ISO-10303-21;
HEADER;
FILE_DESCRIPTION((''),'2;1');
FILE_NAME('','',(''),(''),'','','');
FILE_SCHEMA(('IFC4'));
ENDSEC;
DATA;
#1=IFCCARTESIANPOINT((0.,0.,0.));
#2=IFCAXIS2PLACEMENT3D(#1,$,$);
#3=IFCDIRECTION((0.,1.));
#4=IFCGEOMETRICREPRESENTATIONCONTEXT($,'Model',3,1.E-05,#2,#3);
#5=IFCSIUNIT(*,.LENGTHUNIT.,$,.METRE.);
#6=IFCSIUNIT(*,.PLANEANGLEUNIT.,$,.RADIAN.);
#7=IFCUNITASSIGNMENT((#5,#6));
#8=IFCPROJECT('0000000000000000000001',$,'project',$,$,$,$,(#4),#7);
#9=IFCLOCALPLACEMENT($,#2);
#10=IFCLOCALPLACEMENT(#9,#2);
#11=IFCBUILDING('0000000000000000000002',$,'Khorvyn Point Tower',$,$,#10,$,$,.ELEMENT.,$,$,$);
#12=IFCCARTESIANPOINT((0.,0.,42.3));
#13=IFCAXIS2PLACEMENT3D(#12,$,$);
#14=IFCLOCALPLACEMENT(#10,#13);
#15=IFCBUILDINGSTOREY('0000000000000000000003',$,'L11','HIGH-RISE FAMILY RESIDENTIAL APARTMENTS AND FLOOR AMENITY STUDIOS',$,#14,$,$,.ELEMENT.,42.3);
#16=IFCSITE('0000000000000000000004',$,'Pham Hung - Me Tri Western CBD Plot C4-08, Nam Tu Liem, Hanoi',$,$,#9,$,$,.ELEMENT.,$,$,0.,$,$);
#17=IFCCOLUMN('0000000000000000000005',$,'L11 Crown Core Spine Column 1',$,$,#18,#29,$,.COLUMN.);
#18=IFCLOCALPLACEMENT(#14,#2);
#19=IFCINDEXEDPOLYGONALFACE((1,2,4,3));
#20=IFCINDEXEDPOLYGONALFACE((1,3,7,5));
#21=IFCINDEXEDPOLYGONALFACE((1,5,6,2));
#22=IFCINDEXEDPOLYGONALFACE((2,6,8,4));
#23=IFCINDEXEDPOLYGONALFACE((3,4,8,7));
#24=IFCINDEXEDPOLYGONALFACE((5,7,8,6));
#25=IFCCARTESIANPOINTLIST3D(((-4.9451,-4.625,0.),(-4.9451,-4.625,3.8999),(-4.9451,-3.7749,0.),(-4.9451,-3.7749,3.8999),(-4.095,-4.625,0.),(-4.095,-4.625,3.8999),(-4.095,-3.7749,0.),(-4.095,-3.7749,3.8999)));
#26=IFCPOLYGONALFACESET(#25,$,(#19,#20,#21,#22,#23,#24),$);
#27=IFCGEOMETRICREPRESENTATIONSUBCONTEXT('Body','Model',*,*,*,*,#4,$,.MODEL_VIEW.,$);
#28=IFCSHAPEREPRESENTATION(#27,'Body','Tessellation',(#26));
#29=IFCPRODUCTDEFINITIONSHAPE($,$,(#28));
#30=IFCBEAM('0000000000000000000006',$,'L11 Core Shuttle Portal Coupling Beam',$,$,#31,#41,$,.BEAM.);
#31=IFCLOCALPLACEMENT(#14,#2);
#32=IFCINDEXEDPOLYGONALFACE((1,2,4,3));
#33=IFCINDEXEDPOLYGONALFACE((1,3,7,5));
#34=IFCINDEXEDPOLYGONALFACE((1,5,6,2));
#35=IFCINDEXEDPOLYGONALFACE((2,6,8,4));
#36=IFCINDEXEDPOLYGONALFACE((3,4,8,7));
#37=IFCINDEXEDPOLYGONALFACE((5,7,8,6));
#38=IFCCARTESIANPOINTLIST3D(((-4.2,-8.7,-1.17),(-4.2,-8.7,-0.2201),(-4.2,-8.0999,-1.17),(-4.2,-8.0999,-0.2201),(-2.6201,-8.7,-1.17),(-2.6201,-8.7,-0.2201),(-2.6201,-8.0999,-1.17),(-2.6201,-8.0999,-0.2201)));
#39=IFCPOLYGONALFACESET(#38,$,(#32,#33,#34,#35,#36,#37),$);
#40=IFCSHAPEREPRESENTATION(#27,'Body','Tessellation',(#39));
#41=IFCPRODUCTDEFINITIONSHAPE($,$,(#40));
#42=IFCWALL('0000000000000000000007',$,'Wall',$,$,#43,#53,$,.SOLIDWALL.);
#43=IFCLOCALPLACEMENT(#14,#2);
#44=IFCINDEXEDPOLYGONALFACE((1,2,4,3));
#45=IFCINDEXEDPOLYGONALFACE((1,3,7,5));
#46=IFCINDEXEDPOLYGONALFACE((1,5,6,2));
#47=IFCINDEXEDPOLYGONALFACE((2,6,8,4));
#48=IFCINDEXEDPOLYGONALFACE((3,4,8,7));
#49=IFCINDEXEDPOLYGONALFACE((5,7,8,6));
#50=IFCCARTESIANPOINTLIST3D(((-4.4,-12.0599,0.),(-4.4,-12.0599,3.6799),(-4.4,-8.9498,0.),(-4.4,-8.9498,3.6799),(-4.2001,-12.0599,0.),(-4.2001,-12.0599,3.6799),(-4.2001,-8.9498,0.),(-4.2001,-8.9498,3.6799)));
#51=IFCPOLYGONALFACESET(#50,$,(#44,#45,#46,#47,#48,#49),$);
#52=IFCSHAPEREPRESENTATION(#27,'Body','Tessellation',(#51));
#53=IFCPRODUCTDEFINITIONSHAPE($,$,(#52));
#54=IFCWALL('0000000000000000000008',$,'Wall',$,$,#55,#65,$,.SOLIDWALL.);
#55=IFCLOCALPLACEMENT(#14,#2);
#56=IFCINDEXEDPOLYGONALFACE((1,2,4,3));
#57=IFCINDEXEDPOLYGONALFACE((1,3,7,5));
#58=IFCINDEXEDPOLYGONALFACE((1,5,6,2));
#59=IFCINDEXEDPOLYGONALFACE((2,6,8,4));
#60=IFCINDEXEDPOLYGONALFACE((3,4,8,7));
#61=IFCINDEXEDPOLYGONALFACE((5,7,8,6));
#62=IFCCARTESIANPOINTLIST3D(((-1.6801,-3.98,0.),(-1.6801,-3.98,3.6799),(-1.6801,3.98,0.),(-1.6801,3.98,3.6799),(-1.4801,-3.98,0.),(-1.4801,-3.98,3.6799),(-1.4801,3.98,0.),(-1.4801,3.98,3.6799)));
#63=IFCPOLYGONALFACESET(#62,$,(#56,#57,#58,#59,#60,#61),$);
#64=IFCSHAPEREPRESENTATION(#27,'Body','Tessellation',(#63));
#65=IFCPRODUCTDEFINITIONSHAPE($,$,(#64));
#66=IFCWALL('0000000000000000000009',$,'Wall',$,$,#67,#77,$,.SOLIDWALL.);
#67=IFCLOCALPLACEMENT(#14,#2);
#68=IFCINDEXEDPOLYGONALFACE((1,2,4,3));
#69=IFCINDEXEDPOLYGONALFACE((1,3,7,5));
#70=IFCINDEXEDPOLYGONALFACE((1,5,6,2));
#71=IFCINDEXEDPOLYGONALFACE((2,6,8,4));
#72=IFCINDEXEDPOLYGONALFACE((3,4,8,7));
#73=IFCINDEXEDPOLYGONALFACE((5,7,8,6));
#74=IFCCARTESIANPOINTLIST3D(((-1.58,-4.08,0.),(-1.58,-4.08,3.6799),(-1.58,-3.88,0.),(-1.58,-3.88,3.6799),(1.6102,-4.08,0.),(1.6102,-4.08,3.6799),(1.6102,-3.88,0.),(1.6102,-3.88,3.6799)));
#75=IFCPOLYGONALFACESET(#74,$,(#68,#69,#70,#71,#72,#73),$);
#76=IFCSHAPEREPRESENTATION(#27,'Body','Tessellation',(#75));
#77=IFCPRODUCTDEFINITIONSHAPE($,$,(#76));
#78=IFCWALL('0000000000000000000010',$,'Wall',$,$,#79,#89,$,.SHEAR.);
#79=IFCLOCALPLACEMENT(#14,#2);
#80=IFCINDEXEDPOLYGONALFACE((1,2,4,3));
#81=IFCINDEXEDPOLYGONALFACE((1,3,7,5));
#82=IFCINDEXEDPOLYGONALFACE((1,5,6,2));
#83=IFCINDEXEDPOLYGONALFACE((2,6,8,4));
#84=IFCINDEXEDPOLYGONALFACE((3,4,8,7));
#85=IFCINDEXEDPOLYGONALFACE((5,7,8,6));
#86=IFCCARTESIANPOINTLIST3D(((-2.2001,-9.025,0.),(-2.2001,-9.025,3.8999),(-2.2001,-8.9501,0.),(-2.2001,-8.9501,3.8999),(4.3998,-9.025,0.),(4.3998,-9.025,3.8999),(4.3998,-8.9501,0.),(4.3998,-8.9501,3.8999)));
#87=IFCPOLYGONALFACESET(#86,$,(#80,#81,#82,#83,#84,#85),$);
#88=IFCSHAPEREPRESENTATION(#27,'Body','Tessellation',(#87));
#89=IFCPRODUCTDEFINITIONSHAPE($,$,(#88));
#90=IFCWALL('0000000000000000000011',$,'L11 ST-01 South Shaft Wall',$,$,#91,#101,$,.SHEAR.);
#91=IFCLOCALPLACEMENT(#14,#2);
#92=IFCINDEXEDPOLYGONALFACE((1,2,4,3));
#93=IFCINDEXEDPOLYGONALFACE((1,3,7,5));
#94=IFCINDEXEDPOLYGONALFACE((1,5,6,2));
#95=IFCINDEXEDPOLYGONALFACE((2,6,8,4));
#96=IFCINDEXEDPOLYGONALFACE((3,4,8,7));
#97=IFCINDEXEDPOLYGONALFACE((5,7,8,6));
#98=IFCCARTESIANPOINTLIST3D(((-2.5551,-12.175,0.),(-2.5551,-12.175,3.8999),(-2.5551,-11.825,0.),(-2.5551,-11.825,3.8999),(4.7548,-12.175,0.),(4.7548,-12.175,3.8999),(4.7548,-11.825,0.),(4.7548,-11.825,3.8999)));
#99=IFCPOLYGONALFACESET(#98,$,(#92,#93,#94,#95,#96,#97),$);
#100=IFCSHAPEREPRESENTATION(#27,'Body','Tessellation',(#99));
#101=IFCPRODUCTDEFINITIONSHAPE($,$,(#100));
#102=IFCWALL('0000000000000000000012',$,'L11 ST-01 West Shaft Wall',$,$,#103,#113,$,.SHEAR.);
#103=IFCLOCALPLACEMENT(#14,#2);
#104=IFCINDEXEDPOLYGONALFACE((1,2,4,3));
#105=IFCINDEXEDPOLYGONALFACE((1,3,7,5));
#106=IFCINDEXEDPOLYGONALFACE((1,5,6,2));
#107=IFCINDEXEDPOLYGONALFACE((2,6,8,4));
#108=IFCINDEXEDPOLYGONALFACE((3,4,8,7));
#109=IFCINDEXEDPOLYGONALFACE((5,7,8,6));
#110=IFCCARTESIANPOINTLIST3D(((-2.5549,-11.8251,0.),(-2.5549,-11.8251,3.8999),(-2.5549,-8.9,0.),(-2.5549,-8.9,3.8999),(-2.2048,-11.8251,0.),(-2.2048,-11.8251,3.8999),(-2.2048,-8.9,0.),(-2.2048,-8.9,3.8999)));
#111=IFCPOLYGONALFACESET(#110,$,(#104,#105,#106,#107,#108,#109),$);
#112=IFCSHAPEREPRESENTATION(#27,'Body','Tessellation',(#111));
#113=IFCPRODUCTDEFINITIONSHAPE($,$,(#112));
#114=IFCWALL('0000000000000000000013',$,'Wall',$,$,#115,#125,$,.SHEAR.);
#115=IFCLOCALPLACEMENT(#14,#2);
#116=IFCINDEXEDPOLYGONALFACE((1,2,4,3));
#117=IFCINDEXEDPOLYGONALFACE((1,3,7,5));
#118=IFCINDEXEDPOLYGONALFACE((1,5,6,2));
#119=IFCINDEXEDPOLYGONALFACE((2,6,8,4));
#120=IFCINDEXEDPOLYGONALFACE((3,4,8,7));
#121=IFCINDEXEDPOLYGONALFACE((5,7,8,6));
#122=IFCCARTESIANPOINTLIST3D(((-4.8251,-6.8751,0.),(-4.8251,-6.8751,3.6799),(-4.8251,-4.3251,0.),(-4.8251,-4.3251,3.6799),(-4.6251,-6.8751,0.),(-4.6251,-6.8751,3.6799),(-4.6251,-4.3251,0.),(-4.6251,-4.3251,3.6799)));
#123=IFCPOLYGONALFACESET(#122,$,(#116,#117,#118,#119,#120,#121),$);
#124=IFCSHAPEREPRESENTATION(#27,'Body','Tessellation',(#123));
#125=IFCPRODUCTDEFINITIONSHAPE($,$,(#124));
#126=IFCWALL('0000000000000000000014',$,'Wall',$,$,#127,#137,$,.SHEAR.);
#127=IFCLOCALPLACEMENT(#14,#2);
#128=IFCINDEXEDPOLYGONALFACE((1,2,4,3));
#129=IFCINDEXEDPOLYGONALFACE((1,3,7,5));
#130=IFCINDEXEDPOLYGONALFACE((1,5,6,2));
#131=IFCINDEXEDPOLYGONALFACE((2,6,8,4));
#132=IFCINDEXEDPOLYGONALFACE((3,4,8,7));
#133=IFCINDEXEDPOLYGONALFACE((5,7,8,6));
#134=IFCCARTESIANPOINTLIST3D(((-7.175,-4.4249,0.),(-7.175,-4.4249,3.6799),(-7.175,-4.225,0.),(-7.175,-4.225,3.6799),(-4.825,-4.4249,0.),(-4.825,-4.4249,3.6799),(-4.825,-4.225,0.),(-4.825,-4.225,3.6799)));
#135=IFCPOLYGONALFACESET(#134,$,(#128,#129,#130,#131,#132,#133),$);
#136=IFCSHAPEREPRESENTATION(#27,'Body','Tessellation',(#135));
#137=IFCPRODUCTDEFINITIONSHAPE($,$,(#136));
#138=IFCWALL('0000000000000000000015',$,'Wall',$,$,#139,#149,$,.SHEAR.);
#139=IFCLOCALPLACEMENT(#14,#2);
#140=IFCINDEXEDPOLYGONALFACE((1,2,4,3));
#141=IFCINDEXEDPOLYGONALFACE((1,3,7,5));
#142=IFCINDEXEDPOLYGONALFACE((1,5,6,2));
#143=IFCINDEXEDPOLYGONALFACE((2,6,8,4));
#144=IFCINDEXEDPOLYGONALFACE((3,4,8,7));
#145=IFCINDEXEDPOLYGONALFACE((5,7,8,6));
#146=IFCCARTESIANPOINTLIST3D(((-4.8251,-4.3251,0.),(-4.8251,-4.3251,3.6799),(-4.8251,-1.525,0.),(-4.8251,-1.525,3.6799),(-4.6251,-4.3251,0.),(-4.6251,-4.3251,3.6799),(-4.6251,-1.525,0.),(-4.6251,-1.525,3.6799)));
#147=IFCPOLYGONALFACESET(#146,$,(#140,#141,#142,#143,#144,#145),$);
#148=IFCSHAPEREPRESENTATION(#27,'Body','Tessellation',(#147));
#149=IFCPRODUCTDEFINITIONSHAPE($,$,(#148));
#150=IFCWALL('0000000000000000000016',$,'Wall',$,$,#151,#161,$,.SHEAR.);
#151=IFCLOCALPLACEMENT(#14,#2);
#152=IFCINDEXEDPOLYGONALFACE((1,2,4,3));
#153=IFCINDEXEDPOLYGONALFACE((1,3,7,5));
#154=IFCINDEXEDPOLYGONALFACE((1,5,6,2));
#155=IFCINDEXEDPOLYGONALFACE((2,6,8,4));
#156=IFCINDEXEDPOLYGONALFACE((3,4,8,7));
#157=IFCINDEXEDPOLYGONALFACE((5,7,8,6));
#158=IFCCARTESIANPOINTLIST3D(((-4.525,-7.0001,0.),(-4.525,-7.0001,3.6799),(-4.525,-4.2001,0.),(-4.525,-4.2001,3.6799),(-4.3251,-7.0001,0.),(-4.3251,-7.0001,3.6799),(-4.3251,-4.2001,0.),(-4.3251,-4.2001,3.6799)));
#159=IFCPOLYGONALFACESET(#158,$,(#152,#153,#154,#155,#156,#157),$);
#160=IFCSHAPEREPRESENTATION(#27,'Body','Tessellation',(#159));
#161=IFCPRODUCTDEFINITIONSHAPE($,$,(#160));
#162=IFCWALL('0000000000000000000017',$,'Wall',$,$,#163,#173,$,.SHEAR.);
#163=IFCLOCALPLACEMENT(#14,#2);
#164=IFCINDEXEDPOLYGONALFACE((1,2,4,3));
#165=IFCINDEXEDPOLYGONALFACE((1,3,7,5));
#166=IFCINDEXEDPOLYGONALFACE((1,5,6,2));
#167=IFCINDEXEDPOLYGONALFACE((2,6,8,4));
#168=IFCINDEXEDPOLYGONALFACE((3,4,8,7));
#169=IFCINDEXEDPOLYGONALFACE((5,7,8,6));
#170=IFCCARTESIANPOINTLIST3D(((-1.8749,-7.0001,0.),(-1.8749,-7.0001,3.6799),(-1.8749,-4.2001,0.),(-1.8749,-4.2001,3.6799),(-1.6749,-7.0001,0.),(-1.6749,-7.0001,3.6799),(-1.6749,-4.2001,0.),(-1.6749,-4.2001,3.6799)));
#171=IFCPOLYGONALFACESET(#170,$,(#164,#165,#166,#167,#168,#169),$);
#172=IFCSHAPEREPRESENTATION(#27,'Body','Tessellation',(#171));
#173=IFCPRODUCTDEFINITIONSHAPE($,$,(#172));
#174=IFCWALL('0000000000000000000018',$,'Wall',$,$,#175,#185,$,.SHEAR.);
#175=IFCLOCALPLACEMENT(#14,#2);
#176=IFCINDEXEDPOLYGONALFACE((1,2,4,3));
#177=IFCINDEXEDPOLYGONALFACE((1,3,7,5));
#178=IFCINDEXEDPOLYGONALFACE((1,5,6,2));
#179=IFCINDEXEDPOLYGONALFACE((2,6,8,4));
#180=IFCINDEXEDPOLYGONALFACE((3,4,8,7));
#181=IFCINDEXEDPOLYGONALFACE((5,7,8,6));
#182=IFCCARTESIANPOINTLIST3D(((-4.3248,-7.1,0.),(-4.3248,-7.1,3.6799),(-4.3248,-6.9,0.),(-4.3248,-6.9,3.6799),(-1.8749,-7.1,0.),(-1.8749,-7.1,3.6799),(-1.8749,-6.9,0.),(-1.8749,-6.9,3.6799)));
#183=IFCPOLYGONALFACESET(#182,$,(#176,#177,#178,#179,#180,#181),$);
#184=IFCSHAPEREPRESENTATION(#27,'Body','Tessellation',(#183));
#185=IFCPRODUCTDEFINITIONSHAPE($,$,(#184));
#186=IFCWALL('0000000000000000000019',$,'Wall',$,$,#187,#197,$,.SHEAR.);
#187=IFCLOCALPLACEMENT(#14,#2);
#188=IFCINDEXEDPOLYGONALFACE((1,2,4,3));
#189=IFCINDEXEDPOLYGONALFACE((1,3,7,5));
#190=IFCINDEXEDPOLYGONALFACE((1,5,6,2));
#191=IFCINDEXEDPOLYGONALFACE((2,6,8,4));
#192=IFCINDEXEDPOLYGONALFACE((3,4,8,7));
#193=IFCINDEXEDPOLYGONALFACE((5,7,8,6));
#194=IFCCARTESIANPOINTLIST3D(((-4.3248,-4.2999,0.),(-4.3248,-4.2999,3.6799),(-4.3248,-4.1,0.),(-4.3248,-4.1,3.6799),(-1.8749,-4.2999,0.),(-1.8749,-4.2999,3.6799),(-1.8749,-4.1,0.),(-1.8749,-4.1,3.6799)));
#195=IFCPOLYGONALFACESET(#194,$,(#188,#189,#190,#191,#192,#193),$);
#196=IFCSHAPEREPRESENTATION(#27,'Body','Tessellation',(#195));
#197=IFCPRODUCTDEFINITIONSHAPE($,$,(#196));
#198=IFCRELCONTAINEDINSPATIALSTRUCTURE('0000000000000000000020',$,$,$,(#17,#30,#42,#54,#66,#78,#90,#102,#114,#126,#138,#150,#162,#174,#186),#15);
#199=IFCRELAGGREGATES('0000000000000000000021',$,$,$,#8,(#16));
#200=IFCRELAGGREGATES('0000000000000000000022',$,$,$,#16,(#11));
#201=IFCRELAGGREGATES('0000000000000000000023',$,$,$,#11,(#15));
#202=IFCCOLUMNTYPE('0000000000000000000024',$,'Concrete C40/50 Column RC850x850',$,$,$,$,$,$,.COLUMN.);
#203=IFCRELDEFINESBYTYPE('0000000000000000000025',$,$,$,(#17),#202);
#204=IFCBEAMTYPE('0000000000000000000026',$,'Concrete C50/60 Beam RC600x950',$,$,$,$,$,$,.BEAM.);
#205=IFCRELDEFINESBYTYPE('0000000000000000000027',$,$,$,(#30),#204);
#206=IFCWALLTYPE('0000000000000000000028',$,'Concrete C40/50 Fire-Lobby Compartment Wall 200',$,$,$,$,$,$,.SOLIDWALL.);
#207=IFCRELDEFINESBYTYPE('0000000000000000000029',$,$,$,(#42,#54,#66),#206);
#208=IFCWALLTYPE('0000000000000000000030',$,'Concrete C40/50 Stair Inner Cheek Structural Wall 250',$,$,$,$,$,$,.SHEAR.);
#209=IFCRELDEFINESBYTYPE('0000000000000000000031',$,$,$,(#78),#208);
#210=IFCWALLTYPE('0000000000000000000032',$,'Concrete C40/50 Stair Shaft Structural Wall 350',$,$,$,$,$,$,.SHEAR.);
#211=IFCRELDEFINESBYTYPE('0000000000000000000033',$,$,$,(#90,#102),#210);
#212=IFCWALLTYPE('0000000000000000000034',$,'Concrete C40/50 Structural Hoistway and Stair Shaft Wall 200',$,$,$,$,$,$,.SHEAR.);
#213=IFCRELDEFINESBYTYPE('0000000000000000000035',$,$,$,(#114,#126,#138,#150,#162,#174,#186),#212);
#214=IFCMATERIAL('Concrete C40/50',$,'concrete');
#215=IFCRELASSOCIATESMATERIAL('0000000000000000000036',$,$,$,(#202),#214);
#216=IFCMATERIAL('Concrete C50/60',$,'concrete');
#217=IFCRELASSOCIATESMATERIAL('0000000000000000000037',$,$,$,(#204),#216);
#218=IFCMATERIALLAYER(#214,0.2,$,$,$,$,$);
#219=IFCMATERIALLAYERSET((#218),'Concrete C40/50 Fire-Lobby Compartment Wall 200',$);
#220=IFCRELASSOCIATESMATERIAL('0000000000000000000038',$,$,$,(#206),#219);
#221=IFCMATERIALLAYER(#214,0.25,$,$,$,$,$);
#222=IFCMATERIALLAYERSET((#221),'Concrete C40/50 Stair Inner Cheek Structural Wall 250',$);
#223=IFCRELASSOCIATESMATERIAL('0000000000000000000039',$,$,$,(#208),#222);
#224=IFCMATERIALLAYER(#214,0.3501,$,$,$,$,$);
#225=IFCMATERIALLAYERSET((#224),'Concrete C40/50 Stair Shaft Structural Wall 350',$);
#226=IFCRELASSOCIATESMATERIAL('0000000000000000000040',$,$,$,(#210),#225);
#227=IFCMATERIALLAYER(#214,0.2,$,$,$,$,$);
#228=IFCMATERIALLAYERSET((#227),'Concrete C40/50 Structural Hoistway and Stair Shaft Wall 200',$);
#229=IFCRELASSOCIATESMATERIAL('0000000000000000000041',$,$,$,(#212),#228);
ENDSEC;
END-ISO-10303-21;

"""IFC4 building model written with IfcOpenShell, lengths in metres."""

from ifc_helpers import new_model, si_unit, direction, frame, frame_2d, origin, origin_2d, place, context, subcontext, project, spatial, rectangle, extrude, material, layer, layer_set, material_profile, profile_set, type_object, element, save


model = new_model("IFC4")

# Units and contexts
model_context = context("Model", 3, precision=1e-05, world=origin(), true_north=direction((0.0, 1.0)))
body_context = subcontext(model_context, "Body", "Model", "MODEL_VIEW")
ifc_project = project(units=[si_unit("LENGTHUNIT", "METRE"), si_unit("PLANEANGLEUNIT", "RADIAN")], contexts=[model_context])

# Site, building, storey
site_placement = place(None, origin())
site = spatial("IfcSite", under=ifc_project, at=site_placement, Name="Pham Hung - Me Tri Western CBD Plot C4-08, Nam Tu Liem, Hanoi", CompositionType="ELEMENT", RefElevation=0.0)
building_placement = place(site_placement, origin())
building = spatial("IfcBuilding", under=site, at=building_placement, Name="Khorvyn Point Tower", CompositionType="ELEMENT")
storey_placement = place(building_placement, frame((0.0, 0.0, 42.3)))
storey = spatial("IfcBuildingStorey", under=building, at=storey_placement, Name="L11", Description="HIGH-RISE FAMILY RESIDENTIAL APARTMENTS AND FLOOR AMENITY STUDIOS", CompositionType="ELEMENT", Elevation=42.3)

# Column
ifc_material_1 = material(Name="Concrete C40/50", Category="concrete")
ifc_material_profile_1 = material_profile(ifc_material_1, rectangle(XDim=0.8501, YDim=0.8501, at=origin_2d()))
ifc_profile_set_1 = profile_set([ifc_material_profile_1], Name="Concrete C40/50 RC850x850")
column_type = type_object("IfcColumnType", Name="Concrete C40/50 Column RC850x850", PredefinedType="COLUMN", material=ifc_profile_set_1)
column_placement = place(storey_placement, frame((-4.52, -4.2, 0.0), z_axis=(0.0, 0.0, 1.0), x_axis=(1.0, 0.0, 0.0)))
element("IfcColumn", 1, at=column_placement, inside=storey, type_object=column_type, Name="L11 Crown Core Spine Column 1", PredefinedType="COLUMN", context=body_context, shape_type="SweptSolid", body=[
    extrude(rectangle(XDim=0.8501, YDim=0.8501, at=origin_2d()), origin(), (0.0, 0.0, 1.0), 3.8999),
])

# Beam
ifc_material_2 = material(Name="Concrete C50/60", Category="concrete")
ifc_material_profile_2 = material_profile(ifc_material_2, rectangle(XDim=0.6001, YDim=0.95, at=origin_2d()))
ifc_profile_set_2 = profile_set([ifc_material_profile_2], Name="Concrete C50/60 RC600x950")
beam_type = type_object("IfcBeamType", Name="Concrete C50/60 Beam RC600x950", PredefinedType="BEAM", material=ifc_profile_set_2)
beam_placement = place(storey_placement, frame((-4.2, -8.3999, -0.6951), z_axis=(1.0, 0.0, 0.0), x_axis=(0.0, 1.0, 0.0)))
element("IfcBeam", 2, at=beam_placement, inside=storey, type_object=beam_type, Name="L11 Core Shuttle Portal Coupling Beam", PredefinedType="BEAM", context=body_context, shape_type="SweptSolid", body=[
    extrude(rectangle(XDim=0.6001, YDim=0.95, at=origin_2d()), origin(), (0.0, 0.0, 1.0), 1.5798),
])

# Shared definitions
ifc_layer_1 = layer(ifc_material_1, 0.2)
ifc_layer_set_1 = layer_set([ifc_layer_1], Name="Concrete C40/50 Fire-Lobby Compartment Wall 200")
wall_type_1 = type_object("IfcWallType", Name="Concrete C40/50 Fire-Lobby Compartment Wall 200", PredefinedType="SOLIDWALL", material=ifc_layer_set_1)

# Walls
wall_1_placement = place(storey_placement, frame((-4.3, -12.0601, 0.0), z_axis=(0.0, 0.0, 1.0), x_axis=(0.0, 1.0, 0.0)))
element("IfcWall", 3, at=wall_1_placement, inside=storey, type_object=wall_type_1, Name="Wall", PredefinedType="SOLIDWALL", context=body_context, shape_type="SweptSolid", body=[
    extrude(rectangle(XDim=3.1101, YDim=0.2, at=frame_2d((1.5552, 0.0))), origin(), (0.0, 0.0, 1.0), 3.6799),
])
wall_2_placement = place(storey_placement, frame((-1.5801, -3.98, 0.0), z_axis=(0.0, 0.0, 1.0), x_axis=(0.0, 1.0, 0.0)))
element("IfcWall", 4, at=wall_2_placement, inside=storey, type_object=wall_type_1, Name="Wall", PredefinedType="SOLIDWALL", context=body_context, shape_type="SweptSolid", body=[
    extrude(rectangle(XDim=7.96, YDim=0.2, at=frame_2d((3.98, 0.0))), origin(), (0.0, 0.0, 1.0), 3.6799),
])
wall_3_placement = place(storey_placement, frame((-1.5801, -3.98, 0.0), z_axis=(0.0, 0.0, 1.0), x_axis=(1.0, 0.0, 0.0)))
element("IfcWall", 5, at=wall_3_placement, inside=storey, type_object=wall_type_1, Name="Wall", PredefinedType="SOLIDWALL", context=body_context, shape_type="SweptSolid", body=[
    extrude(rectangle(XDim=3.1902, YDim=0.2, at=frame_2d((1.5952, 0.0))), origin(), (0.0, 0.0, 1.0), 3.6799),
])
ifc_layer_2 = layer(ifc_material_1, 0.25)
ifc_layer_set_2 = layer_set([ifc_layer_2], Name="Concrete C40/50 Stair Inner Cheek Structural Wall 250")
wall_type_2 = type_object("IfcWallType", Name="Concrete C40/50 Stair Inner Cheek Structural Wall 250", PredefinedType="SHEAR", material=ifc_layer_set_2)
wall_4_placement = place(storey_placement, frame((-2.2, -8.9875, 0.0), z_axis=(0.0, 0.0, 1.0), x_axis=(1.0, 0.0, 0.0)))
element("IfcWall", 6, at=wall_4_placement, inside=storey, type_object=wall_type_2, Name="Wall", PredefinedType="SHEAR", context=body_context, shape_type="SweptSolid", body=[
    extrude(rectangle(XDim=6.5999, YDim=0.075, at=frame_2d((3.2998, 0.0))), origin(), (0.0, 0.0, 1.0), 3.8999),
])
ifc_layer_3 = layer(ifc_material_1, 0.3501)
ifc_layer_set_3 = layer_set([ifc_layer_3], Name="Concrete C40/50 Stair Shaft Structural Wall 350")
wall_type_3 = type_object("IfcWallType", Name="Concrete C40/50 Stair Shaft Structural Wall 350", PredefinedType="SHEAR", material=ifc_layer_set_3)
wall_5_placement = place(storey_placement, frame((-2.5549, -12.0, 0.0), z_axis=(0.0, 0.0, 1.0), x_axis=(1.0, 0.0, 0.0)))
element("IfcWall", 7, at=wall_5_placement, inside=storey, type_object=wall_type_3, Name="L11 ST-01 South Shaft Wall", PredefinedType="SHEAR", context=body_context, shape_type="SweptSolid", body=[
    extrude(rectangle(XDim=7.3098, YDim=0.3501, at=frame_2d((3.6548, 0.0))), origin(), (0.0, 0.0, 1.0), 3.8999),
])
wall_6_placement = place(storey_placement, frame((-2.3799, -11.825, 0.0), z_axis=(0.0, 0.0, 1.0), x_axis=(0.0, 1.0, 0.0)))
element("IfcWall", 8, at=wall_6_placement, inside=storey, type_object=wall_type_3, Name="L11 ST-01 West Shaft Wall", PredefinedType="SHEAR", context=body_context, shape_type="SweptSolid", body=[
    extrude(rectangle(XDim=2.925, YDim=0.3501, at=frame_2d((1.4624, 0.0))), origin(), (0.0, 0.0, 1.0), 3.8999),
])
ifc_layer_4 = layer(ifc_material_1, 0.2)
ifc_layer_set_4 = layer_set([ifc_layer_4], Name="Concrete C40/50 Structural Hoistway and Stair Shaft Wall 200")
wall_type_4 = type_object("IfcWallType", Name="Concrete C40/50 Structural Hoistway and Stair Shaft Wall 200", PredefinedType="SHEAR", material=ifc_layer_set_4)
wall_7_placement = place(storey_placement, frame((-4.7251, -6.875, 0.0), z_axis=(0.0, 0.0, 1.0), x_axis=(0.0, 1.0, 0.0)))
element("IfcWall", 9, at=wall_7_placement, inside=storey, type_object=wall_type_4, Name="Wall", PredefinedType="SHEAR", context=body_context, shape_type="SweptSolid", body=[
    extrude(rectangle(XDim=2.55, YDim=0.2, at=frame_2d((1.2749, 0.0))), origin(), (0.0, 0.0, 1.0), 3.6799),
])
wall_8_placement = place(storey_placement, frame((-7.175, -4.325, 0.0), z_axis=(0.0, 0.0, 1.0), x_axis=(1.0, 0.0, 0.0)))
element("IfcWall", 10, at=wall_8_placement, inside=storey, type_object=wall_type_4, Name="Wall", PredefinedType="SHEAR", context=body_context, shape_type="SweptSolid", body=[
    extrude(rectangle(XDim=2.3501, YDim=0.2, at=frame_2d((1.175, 0.0))), origin(), (0.0, 0.0, 1.0), 3.6799),
])
for number, where, z_axis, x_axis, name in (
    (11, (-4.7251, -4.325, 0.0), (0.0, 0.0, 1.0), (0.0, 1.0, 0.0), "Wall"),
    (12, (-4.425, -7.0, 0.0), (0.0, 0.0, 1.0), (0.0, 1.0, 0.0), "Wall"),
    (13, (-1.7749, -7.0, 0.0), (0.0, 0.0, 1.0), (0.0, 1.0, 0.0), "Wall"),
):
    element("IfcWall", number, at=place(storey_placement, frame(where, z_axis=z_axis, x_axis=x_axis)), inside=storey, type_object=wall_type_4, Name=name, PredefinedType="SHEAR", context=body_context, shape_type="SweptSolid", body=[
        extrude(rectangle(XDim=2.8, YDim=0.2, at=frame_2d((1.3999, 0.0))), origin(), (0.0, 0.0, 1.0), 3.6799),
    ])
for number, where, z_axis, x_axis, name in (
    (14, (-4.325, -7.0, 0.0), (0.0, 0.0, 1.0), (1.0, 0.0, 0.0), "Wall"),
    (15, (-4.325, -4.2, 0.0), (0.0, 0.0, 1.0), (1.0, 0.0, 0.0), "Wall"),
):
    element("IfcWall", number, at=place(storey_placement, frame(where, z_axis=z_axis, x_axis=x_axis)), inside=storey, type_object=wall_type_4, Name=name, PredefinedType="SHEAR", context=body_context, shape_type="SweptSolid", body=[
        extrude(rectangle(XDim=2.45, YDim=0.2, at=frame_2d((1.2251, 0.0))), origin(), (0.0, 0.0, 1.0), 3.6799),
    ])

save(model, "model.ifc")
